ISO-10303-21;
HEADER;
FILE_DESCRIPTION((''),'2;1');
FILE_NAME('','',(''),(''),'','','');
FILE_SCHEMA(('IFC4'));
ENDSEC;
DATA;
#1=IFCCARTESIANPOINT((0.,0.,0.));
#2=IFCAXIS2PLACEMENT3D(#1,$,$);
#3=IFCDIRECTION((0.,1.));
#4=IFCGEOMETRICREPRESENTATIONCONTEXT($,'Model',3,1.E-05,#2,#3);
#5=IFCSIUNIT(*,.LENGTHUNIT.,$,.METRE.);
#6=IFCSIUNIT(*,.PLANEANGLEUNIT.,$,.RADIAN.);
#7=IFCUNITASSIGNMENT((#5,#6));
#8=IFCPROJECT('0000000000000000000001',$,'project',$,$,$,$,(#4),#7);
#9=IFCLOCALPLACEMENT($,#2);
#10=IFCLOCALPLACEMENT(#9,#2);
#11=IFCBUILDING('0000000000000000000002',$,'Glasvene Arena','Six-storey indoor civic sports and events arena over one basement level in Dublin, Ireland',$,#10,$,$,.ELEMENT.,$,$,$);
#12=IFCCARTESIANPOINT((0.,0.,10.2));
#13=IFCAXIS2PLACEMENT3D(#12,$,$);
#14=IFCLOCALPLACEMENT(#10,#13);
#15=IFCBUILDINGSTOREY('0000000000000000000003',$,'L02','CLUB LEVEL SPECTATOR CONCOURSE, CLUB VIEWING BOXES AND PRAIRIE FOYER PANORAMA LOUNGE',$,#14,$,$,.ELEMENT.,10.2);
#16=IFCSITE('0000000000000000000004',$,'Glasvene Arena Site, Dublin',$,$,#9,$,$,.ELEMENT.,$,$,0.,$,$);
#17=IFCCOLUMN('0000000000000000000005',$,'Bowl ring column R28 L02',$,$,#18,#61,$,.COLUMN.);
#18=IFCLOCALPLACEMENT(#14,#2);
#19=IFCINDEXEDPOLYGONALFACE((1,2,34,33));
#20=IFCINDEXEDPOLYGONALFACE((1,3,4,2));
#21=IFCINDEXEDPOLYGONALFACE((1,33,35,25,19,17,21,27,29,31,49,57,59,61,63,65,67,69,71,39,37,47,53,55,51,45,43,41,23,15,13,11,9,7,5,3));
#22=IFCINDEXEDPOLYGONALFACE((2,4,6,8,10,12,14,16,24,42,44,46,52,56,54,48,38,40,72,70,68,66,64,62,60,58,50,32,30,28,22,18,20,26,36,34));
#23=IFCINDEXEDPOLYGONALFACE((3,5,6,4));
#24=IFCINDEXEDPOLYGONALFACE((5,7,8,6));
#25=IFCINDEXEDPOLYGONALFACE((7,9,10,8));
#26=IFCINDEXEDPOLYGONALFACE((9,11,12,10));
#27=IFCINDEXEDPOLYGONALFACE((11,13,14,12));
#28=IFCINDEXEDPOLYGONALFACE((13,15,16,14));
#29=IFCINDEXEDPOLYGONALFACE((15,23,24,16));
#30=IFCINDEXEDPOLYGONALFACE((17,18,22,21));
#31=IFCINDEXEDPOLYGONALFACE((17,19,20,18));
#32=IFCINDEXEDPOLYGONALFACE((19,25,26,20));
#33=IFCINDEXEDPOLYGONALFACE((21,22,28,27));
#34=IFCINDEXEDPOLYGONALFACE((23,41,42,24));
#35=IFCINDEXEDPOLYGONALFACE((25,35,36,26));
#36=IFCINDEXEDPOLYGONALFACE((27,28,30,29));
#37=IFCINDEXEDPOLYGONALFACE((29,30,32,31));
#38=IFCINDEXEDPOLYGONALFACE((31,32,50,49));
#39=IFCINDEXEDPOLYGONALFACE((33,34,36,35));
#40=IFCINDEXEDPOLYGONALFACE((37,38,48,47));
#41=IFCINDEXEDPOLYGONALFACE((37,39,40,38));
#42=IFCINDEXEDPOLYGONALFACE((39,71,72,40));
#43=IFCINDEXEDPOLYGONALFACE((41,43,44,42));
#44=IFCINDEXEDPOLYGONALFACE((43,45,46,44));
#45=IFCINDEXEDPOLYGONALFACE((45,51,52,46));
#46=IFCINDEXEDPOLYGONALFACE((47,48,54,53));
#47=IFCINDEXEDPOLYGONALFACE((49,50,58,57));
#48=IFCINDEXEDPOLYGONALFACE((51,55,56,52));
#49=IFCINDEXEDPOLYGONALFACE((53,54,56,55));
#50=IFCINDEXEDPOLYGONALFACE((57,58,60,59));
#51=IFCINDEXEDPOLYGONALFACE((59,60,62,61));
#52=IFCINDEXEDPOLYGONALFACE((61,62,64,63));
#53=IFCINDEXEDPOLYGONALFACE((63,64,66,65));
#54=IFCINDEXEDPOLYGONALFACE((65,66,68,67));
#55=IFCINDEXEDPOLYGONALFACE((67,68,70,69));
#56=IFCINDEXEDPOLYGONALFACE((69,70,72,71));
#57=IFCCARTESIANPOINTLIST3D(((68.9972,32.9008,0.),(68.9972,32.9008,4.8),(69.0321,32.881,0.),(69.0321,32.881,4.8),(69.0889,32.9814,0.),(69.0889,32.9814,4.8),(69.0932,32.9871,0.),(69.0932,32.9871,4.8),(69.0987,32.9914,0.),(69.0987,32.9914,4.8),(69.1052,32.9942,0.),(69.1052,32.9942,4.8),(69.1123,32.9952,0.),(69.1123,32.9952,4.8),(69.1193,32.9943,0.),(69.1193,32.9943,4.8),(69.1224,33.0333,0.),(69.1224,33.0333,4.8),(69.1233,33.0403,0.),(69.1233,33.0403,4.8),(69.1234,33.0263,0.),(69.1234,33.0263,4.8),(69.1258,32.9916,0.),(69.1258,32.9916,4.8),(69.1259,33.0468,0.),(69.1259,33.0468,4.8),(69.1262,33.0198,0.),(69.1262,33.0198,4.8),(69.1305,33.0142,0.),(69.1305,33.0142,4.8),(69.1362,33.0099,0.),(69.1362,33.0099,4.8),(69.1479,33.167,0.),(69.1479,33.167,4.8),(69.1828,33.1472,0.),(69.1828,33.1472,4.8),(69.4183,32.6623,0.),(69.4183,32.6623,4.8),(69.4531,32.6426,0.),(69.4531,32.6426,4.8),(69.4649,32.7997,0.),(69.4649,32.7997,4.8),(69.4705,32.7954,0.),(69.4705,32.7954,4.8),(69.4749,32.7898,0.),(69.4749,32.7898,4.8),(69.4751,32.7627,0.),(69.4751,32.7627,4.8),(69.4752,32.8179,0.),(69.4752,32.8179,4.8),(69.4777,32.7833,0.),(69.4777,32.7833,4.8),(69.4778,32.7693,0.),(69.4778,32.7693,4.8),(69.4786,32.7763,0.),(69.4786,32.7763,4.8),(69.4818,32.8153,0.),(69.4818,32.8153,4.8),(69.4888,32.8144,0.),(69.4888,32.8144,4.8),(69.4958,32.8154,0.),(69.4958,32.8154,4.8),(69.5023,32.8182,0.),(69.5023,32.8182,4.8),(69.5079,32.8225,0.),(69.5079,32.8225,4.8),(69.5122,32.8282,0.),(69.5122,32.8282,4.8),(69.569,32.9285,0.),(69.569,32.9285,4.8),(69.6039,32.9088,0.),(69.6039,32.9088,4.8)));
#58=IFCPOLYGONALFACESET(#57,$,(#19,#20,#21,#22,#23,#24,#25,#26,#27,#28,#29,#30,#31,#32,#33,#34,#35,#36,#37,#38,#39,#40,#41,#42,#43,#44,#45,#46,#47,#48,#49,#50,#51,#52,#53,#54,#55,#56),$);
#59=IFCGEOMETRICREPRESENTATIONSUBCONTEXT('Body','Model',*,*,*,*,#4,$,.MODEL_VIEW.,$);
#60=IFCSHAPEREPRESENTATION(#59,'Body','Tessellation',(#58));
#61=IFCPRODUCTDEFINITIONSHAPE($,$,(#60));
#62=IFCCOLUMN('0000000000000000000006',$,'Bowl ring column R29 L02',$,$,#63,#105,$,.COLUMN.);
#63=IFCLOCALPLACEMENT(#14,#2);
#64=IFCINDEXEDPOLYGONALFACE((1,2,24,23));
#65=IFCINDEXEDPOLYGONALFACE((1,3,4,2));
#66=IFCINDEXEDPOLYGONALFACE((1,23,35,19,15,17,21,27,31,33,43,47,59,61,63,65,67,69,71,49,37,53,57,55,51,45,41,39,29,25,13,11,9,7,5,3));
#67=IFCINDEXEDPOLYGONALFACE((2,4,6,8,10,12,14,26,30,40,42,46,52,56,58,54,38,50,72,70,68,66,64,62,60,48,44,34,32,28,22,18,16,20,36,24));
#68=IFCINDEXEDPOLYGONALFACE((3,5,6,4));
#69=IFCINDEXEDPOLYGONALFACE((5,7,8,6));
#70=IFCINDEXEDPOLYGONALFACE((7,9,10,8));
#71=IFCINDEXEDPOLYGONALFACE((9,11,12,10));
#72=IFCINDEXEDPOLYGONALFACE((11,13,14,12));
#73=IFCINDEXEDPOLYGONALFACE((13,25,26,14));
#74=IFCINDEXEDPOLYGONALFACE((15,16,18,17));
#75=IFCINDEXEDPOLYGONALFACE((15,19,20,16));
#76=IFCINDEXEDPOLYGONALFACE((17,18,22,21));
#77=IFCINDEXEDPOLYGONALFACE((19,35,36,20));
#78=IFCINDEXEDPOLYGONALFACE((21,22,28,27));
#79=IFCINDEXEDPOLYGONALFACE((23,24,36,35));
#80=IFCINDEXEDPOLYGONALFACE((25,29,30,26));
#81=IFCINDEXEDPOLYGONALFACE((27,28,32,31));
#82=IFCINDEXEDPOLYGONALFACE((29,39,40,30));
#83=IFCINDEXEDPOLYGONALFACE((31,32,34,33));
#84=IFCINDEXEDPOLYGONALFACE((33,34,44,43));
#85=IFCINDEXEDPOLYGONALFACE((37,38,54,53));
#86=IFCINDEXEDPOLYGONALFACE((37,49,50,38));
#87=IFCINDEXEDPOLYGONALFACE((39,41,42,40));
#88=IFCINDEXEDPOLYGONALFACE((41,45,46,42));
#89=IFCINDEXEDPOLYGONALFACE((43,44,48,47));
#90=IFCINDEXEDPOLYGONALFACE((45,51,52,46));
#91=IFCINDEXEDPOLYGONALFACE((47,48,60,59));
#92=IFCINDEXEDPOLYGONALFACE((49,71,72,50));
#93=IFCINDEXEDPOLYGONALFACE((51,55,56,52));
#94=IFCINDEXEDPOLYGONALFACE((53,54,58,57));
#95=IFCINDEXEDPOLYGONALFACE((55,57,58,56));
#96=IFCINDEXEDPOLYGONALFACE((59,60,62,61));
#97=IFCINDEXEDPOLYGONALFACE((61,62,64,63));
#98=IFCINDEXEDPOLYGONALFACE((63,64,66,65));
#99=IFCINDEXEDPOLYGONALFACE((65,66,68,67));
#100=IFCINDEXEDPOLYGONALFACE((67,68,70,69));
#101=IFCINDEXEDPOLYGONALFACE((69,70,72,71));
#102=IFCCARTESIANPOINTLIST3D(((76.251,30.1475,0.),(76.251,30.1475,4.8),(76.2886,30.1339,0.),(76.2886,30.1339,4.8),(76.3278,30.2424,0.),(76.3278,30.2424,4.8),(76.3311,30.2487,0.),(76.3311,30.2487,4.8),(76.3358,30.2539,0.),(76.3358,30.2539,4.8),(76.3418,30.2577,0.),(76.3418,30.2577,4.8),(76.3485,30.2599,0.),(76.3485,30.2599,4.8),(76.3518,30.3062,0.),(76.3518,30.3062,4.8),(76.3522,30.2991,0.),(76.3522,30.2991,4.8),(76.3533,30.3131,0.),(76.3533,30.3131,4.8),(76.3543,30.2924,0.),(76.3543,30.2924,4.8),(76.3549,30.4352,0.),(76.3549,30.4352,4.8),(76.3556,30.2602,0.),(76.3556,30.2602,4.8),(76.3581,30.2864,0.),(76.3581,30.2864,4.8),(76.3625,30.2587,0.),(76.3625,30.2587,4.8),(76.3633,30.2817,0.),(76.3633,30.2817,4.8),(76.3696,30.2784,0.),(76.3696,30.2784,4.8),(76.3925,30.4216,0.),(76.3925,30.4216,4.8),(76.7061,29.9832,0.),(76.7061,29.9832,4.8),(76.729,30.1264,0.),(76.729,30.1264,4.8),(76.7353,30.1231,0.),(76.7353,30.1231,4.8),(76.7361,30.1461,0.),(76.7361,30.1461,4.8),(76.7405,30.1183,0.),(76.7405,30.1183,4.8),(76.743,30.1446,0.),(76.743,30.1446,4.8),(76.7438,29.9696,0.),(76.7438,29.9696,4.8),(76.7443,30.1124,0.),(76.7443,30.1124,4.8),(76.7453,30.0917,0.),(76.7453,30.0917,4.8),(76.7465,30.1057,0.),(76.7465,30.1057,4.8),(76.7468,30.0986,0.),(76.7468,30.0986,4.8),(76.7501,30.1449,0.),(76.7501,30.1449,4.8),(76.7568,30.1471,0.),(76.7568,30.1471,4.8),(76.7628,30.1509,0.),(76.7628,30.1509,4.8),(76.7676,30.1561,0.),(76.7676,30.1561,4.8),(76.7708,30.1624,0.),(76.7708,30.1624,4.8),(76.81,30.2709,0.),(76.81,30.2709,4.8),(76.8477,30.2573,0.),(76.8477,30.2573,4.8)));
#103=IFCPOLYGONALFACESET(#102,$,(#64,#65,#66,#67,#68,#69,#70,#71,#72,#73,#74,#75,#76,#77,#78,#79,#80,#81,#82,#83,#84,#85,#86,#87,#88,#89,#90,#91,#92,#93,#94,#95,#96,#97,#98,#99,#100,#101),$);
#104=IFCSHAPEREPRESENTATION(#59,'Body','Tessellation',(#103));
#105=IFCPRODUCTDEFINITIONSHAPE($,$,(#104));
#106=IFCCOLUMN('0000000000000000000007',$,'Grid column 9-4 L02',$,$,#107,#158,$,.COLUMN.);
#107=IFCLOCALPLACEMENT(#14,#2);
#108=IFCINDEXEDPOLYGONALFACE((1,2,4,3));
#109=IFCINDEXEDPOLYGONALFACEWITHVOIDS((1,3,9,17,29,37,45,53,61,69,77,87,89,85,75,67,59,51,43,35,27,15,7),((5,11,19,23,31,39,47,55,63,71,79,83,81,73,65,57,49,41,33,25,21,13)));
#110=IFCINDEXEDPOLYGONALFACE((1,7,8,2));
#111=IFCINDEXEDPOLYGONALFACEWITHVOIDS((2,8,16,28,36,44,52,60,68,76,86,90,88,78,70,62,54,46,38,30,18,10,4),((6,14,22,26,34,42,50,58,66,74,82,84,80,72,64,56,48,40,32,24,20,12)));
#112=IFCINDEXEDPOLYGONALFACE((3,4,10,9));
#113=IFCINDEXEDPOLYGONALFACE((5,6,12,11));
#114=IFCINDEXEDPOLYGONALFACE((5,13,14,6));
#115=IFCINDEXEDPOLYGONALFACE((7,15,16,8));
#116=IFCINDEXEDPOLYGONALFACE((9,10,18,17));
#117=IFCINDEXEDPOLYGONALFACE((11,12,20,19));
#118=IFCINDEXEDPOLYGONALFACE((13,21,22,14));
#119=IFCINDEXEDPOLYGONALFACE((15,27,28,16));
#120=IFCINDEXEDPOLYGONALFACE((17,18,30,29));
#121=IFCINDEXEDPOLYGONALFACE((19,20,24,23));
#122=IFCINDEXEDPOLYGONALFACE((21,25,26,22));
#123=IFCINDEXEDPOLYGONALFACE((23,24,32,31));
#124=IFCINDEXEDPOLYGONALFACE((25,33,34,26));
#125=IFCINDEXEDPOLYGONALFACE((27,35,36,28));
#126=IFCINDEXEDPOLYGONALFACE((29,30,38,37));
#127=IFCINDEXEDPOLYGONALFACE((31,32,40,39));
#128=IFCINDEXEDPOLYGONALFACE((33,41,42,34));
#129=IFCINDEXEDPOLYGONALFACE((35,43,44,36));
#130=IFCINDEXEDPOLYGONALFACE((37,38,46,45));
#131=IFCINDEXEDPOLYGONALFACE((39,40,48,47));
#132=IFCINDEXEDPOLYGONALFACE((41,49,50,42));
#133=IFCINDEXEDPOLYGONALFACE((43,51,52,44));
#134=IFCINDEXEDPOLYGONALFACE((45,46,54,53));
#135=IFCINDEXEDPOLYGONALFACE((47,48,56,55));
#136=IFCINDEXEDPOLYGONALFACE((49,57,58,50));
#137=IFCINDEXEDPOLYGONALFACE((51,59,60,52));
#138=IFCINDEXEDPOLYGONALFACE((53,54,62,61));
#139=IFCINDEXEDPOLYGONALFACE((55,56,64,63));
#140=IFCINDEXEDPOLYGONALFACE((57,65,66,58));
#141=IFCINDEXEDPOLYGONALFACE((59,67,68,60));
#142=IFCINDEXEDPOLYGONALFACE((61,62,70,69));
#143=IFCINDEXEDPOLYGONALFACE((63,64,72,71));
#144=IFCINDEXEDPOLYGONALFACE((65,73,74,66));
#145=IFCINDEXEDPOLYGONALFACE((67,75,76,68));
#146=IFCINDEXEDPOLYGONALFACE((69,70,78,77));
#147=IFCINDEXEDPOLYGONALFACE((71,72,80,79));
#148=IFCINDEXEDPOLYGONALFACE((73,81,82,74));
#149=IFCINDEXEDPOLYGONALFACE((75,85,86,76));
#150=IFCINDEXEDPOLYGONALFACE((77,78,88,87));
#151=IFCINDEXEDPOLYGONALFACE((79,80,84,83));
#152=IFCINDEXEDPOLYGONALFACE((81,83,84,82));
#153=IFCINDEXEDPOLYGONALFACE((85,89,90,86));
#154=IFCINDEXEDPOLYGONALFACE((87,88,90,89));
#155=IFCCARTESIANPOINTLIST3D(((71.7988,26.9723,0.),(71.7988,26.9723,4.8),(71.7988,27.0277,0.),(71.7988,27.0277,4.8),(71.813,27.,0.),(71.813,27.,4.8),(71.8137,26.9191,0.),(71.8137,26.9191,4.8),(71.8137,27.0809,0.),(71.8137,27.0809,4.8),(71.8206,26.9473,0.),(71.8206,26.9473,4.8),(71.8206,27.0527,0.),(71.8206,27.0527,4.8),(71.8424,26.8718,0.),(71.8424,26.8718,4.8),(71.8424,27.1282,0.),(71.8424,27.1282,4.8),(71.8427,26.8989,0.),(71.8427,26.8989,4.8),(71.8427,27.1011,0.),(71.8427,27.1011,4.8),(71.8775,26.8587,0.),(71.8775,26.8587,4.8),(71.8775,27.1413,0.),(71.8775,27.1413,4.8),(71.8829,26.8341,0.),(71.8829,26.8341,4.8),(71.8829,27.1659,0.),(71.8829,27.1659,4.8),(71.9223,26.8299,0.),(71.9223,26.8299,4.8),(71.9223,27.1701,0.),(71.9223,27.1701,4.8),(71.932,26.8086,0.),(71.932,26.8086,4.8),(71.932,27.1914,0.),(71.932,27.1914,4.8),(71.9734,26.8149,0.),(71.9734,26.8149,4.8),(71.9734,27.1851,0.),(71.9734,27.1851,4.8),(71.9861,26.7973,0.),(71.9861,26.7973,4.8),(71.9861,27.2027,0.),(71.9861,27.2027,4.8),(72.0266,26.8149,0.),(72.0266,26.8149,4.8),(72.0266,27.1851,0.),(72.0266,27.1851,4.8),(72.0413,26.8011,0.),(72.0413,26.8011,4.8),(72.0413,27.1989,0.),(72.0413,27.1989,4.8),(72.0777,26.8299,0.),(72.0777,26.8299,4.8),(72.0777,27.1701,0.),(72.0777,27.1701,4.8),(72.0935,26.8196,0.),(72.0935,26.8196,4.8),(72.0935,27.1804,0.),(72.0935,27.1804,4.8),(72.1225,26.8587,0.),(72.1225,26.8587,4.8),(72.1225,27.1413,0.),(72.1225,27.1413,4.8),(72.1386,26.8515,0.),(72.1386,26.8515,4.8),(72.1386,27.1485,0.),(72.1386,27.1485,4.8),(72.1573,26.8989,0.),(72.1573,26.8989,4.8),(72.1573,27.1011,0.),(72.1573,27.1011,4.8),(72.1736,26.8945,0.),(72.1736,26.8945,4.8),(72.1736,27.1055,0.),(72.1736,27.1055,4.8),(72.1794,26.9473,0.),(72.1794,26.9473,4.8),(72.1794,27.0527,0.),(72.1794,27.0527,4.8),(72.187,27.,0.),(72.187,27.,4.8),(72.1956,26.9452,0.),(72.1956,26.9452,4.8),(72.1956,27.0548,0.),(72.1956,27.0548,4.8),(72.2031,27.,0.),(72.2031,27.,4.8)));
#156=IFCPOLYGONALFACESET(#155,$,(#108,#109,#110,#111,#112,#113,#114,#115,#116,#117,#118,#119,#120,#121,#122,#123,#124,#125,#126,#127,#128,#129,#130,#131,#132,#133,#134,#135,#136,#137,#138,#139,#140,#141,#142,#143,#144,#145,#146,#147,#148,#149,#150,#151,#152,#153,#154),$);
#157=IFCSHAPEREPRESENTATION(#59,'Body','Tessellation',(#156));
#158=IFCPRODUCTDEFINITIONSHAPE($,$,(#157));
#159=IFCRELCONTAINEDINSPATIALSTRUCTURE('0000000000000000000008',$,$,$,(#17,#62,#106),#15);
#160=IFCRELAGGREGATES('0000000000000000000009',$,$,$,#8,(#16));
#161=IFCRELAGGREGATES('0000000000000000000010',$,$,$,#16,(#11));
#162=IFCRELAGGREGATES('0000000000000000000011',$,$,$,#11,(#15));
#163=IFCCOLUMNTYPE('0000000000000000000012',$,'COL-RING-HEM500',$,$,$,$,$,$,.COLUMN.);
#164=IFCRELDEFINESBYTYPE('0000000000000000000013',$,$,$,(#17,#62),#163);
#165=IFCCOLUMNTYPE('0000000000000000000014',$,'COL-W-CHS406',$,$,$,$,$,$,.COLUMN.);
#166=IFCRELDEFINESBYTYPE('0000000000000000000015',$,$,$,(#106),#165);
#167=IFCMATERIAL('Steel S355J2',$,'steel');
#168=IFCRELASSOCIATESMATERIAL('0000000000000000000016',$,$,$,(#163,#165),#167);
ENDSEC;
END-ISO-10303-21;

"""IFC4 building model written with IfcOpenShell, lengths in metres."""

from ifc_helpers import new_model, si_unit, direction, frame, origin, origin_2d, place, context, subcontext, project, spatial, hollow_circle, i_section, extrude, material, material_profile, profile_set, type_object, element, save


model = new_model("IFC4")

# Units and contexts
model_context = context("Model", 3, precision=1e-05, world=origin(), true_north=direction((0.0, 1.0)))
body_context = subcontext(model_context, "Body", "Model", "MODEL_VIEW")
ifc_project = project(units=[si_unit("LENGTHUNIT", "METRE"), si_unit("PLANEANGLEUNIT", "RADIAN")], contexts=[model_context])

# Site, building, storey
site_placement = place(None, origin())
site = spatial("IfcSite", under=ifc_project, at=site_placement, Name="Glasvene Arena Site, Dublin", CompositionType="ELEMENT", RefElevation=0.0)
building_placement = place(site_placement, origin())
building = spatial("IfcBuilding", under=site, at=building_placement, Name="Glasvene Arena", Description="Six-storey indoor civic sports and events arena over one basement level in Dublin, Ireland", CompositionType="ELEMENT")
storey_placement = place(building_placement, frame((0.0, 0.0, 10.2)))
storey = spatial("IfcBuildingStorey", under=building, at=storey_placement, Name="L02", Description="CLUB LEVEL SPECTATOR CONCOURSE, CLUB VIEWING BOXES AND PRAIRIE FOYER PANORAMA LOUNGE", CompositionType="ELEMENT", Elevation=10.2)

# Columns
ifc_material_1 = material(Name="Steel S355J2", Category="steel")
ifc_material_profile_1 = material_profile(ifc_material_1, i_section(OverallWidth=0.3059, OverallDepth=0.5239, WebThickness=0.021, FlangeThickness=0.04, FilletRadius=0.0271, at=origin_2d()), Name="HEM 500")
ifc_profile_set_1 = profile_set([ifc_material_profile_1], Name="Steel S355J2")
column_type_1 = type_object("IfcColumnType", Name="COL-RING-HEM500", PredefinedType="COLUMN", material=ifc_profile_set_1)
for number, where, z_axis, x_axis, name in (
    (1, (69.3005, 32.9048, 0.0), (0.0, 0.0, 1.0), (-0.492727, -0.870184, 0.0), "Bowl ring column R28 L02"),
    (2, (76.5493, 30.2024, 0.0), (0.0, 0.0, 1.0), (-0.339559, -0.940585, 0.0), "Bowl ring column R29 L02"),
):
    element("IfcColumn", number, at=place(storey_placement, frame(where, z_axis=z_axis, x_axis=x_axis)), inside=storey, type_object=column_type_1, Name=name, PredefinedType="COLUMN", context=body_context, shape_type="SweptSolid", body=[
        extrude(i_section(OverallWidth=0.3059, OverallDepth=0.5239, WebThickness=0.021, FlangeThickness=0.04, FilletRadius=0.0271, at=origin_2d()), origin(), (0.0, 0.0, 1.0), 4.8),
    ])
ifc_material_profile_2 = material_profile(ifc_material_1, hollow_circle(Radius=0.2031, WallThickness=0.0161, at=origin_2d()), Name="CHS 406.4x16.0")
ifc_profile_set_2 = profile_set([ifc_material_profile_2], Name="Steel S355J2")
column_type_2 = type_object("IfcColumnType", Name="COL-W-CHS406", PredefinedType="COLUMN", material=ifc_profile_set_2)
column_placement = place(storey_placement, frame((72.0, 27.0, 0.0), z_axis=(0.0, 0.0, 1.0), x_axis=(1.0, 0.0, 0.0)))
element("IfcColumn", 3, at=column_placement, inside=storey, type_object=column_type_2, Name="Grid column 9-4 L02", PredefinedType="COLUMN", context=body_context, shape_type="SweptSolid", body=[
    extrude(hollow_circle(Radius=0.2031, WallThickness=0.0161, at=origin_2d()), origin(), (0.0, 0.0, 1.0), 4.8),
])

save(model, "model.ifc")
